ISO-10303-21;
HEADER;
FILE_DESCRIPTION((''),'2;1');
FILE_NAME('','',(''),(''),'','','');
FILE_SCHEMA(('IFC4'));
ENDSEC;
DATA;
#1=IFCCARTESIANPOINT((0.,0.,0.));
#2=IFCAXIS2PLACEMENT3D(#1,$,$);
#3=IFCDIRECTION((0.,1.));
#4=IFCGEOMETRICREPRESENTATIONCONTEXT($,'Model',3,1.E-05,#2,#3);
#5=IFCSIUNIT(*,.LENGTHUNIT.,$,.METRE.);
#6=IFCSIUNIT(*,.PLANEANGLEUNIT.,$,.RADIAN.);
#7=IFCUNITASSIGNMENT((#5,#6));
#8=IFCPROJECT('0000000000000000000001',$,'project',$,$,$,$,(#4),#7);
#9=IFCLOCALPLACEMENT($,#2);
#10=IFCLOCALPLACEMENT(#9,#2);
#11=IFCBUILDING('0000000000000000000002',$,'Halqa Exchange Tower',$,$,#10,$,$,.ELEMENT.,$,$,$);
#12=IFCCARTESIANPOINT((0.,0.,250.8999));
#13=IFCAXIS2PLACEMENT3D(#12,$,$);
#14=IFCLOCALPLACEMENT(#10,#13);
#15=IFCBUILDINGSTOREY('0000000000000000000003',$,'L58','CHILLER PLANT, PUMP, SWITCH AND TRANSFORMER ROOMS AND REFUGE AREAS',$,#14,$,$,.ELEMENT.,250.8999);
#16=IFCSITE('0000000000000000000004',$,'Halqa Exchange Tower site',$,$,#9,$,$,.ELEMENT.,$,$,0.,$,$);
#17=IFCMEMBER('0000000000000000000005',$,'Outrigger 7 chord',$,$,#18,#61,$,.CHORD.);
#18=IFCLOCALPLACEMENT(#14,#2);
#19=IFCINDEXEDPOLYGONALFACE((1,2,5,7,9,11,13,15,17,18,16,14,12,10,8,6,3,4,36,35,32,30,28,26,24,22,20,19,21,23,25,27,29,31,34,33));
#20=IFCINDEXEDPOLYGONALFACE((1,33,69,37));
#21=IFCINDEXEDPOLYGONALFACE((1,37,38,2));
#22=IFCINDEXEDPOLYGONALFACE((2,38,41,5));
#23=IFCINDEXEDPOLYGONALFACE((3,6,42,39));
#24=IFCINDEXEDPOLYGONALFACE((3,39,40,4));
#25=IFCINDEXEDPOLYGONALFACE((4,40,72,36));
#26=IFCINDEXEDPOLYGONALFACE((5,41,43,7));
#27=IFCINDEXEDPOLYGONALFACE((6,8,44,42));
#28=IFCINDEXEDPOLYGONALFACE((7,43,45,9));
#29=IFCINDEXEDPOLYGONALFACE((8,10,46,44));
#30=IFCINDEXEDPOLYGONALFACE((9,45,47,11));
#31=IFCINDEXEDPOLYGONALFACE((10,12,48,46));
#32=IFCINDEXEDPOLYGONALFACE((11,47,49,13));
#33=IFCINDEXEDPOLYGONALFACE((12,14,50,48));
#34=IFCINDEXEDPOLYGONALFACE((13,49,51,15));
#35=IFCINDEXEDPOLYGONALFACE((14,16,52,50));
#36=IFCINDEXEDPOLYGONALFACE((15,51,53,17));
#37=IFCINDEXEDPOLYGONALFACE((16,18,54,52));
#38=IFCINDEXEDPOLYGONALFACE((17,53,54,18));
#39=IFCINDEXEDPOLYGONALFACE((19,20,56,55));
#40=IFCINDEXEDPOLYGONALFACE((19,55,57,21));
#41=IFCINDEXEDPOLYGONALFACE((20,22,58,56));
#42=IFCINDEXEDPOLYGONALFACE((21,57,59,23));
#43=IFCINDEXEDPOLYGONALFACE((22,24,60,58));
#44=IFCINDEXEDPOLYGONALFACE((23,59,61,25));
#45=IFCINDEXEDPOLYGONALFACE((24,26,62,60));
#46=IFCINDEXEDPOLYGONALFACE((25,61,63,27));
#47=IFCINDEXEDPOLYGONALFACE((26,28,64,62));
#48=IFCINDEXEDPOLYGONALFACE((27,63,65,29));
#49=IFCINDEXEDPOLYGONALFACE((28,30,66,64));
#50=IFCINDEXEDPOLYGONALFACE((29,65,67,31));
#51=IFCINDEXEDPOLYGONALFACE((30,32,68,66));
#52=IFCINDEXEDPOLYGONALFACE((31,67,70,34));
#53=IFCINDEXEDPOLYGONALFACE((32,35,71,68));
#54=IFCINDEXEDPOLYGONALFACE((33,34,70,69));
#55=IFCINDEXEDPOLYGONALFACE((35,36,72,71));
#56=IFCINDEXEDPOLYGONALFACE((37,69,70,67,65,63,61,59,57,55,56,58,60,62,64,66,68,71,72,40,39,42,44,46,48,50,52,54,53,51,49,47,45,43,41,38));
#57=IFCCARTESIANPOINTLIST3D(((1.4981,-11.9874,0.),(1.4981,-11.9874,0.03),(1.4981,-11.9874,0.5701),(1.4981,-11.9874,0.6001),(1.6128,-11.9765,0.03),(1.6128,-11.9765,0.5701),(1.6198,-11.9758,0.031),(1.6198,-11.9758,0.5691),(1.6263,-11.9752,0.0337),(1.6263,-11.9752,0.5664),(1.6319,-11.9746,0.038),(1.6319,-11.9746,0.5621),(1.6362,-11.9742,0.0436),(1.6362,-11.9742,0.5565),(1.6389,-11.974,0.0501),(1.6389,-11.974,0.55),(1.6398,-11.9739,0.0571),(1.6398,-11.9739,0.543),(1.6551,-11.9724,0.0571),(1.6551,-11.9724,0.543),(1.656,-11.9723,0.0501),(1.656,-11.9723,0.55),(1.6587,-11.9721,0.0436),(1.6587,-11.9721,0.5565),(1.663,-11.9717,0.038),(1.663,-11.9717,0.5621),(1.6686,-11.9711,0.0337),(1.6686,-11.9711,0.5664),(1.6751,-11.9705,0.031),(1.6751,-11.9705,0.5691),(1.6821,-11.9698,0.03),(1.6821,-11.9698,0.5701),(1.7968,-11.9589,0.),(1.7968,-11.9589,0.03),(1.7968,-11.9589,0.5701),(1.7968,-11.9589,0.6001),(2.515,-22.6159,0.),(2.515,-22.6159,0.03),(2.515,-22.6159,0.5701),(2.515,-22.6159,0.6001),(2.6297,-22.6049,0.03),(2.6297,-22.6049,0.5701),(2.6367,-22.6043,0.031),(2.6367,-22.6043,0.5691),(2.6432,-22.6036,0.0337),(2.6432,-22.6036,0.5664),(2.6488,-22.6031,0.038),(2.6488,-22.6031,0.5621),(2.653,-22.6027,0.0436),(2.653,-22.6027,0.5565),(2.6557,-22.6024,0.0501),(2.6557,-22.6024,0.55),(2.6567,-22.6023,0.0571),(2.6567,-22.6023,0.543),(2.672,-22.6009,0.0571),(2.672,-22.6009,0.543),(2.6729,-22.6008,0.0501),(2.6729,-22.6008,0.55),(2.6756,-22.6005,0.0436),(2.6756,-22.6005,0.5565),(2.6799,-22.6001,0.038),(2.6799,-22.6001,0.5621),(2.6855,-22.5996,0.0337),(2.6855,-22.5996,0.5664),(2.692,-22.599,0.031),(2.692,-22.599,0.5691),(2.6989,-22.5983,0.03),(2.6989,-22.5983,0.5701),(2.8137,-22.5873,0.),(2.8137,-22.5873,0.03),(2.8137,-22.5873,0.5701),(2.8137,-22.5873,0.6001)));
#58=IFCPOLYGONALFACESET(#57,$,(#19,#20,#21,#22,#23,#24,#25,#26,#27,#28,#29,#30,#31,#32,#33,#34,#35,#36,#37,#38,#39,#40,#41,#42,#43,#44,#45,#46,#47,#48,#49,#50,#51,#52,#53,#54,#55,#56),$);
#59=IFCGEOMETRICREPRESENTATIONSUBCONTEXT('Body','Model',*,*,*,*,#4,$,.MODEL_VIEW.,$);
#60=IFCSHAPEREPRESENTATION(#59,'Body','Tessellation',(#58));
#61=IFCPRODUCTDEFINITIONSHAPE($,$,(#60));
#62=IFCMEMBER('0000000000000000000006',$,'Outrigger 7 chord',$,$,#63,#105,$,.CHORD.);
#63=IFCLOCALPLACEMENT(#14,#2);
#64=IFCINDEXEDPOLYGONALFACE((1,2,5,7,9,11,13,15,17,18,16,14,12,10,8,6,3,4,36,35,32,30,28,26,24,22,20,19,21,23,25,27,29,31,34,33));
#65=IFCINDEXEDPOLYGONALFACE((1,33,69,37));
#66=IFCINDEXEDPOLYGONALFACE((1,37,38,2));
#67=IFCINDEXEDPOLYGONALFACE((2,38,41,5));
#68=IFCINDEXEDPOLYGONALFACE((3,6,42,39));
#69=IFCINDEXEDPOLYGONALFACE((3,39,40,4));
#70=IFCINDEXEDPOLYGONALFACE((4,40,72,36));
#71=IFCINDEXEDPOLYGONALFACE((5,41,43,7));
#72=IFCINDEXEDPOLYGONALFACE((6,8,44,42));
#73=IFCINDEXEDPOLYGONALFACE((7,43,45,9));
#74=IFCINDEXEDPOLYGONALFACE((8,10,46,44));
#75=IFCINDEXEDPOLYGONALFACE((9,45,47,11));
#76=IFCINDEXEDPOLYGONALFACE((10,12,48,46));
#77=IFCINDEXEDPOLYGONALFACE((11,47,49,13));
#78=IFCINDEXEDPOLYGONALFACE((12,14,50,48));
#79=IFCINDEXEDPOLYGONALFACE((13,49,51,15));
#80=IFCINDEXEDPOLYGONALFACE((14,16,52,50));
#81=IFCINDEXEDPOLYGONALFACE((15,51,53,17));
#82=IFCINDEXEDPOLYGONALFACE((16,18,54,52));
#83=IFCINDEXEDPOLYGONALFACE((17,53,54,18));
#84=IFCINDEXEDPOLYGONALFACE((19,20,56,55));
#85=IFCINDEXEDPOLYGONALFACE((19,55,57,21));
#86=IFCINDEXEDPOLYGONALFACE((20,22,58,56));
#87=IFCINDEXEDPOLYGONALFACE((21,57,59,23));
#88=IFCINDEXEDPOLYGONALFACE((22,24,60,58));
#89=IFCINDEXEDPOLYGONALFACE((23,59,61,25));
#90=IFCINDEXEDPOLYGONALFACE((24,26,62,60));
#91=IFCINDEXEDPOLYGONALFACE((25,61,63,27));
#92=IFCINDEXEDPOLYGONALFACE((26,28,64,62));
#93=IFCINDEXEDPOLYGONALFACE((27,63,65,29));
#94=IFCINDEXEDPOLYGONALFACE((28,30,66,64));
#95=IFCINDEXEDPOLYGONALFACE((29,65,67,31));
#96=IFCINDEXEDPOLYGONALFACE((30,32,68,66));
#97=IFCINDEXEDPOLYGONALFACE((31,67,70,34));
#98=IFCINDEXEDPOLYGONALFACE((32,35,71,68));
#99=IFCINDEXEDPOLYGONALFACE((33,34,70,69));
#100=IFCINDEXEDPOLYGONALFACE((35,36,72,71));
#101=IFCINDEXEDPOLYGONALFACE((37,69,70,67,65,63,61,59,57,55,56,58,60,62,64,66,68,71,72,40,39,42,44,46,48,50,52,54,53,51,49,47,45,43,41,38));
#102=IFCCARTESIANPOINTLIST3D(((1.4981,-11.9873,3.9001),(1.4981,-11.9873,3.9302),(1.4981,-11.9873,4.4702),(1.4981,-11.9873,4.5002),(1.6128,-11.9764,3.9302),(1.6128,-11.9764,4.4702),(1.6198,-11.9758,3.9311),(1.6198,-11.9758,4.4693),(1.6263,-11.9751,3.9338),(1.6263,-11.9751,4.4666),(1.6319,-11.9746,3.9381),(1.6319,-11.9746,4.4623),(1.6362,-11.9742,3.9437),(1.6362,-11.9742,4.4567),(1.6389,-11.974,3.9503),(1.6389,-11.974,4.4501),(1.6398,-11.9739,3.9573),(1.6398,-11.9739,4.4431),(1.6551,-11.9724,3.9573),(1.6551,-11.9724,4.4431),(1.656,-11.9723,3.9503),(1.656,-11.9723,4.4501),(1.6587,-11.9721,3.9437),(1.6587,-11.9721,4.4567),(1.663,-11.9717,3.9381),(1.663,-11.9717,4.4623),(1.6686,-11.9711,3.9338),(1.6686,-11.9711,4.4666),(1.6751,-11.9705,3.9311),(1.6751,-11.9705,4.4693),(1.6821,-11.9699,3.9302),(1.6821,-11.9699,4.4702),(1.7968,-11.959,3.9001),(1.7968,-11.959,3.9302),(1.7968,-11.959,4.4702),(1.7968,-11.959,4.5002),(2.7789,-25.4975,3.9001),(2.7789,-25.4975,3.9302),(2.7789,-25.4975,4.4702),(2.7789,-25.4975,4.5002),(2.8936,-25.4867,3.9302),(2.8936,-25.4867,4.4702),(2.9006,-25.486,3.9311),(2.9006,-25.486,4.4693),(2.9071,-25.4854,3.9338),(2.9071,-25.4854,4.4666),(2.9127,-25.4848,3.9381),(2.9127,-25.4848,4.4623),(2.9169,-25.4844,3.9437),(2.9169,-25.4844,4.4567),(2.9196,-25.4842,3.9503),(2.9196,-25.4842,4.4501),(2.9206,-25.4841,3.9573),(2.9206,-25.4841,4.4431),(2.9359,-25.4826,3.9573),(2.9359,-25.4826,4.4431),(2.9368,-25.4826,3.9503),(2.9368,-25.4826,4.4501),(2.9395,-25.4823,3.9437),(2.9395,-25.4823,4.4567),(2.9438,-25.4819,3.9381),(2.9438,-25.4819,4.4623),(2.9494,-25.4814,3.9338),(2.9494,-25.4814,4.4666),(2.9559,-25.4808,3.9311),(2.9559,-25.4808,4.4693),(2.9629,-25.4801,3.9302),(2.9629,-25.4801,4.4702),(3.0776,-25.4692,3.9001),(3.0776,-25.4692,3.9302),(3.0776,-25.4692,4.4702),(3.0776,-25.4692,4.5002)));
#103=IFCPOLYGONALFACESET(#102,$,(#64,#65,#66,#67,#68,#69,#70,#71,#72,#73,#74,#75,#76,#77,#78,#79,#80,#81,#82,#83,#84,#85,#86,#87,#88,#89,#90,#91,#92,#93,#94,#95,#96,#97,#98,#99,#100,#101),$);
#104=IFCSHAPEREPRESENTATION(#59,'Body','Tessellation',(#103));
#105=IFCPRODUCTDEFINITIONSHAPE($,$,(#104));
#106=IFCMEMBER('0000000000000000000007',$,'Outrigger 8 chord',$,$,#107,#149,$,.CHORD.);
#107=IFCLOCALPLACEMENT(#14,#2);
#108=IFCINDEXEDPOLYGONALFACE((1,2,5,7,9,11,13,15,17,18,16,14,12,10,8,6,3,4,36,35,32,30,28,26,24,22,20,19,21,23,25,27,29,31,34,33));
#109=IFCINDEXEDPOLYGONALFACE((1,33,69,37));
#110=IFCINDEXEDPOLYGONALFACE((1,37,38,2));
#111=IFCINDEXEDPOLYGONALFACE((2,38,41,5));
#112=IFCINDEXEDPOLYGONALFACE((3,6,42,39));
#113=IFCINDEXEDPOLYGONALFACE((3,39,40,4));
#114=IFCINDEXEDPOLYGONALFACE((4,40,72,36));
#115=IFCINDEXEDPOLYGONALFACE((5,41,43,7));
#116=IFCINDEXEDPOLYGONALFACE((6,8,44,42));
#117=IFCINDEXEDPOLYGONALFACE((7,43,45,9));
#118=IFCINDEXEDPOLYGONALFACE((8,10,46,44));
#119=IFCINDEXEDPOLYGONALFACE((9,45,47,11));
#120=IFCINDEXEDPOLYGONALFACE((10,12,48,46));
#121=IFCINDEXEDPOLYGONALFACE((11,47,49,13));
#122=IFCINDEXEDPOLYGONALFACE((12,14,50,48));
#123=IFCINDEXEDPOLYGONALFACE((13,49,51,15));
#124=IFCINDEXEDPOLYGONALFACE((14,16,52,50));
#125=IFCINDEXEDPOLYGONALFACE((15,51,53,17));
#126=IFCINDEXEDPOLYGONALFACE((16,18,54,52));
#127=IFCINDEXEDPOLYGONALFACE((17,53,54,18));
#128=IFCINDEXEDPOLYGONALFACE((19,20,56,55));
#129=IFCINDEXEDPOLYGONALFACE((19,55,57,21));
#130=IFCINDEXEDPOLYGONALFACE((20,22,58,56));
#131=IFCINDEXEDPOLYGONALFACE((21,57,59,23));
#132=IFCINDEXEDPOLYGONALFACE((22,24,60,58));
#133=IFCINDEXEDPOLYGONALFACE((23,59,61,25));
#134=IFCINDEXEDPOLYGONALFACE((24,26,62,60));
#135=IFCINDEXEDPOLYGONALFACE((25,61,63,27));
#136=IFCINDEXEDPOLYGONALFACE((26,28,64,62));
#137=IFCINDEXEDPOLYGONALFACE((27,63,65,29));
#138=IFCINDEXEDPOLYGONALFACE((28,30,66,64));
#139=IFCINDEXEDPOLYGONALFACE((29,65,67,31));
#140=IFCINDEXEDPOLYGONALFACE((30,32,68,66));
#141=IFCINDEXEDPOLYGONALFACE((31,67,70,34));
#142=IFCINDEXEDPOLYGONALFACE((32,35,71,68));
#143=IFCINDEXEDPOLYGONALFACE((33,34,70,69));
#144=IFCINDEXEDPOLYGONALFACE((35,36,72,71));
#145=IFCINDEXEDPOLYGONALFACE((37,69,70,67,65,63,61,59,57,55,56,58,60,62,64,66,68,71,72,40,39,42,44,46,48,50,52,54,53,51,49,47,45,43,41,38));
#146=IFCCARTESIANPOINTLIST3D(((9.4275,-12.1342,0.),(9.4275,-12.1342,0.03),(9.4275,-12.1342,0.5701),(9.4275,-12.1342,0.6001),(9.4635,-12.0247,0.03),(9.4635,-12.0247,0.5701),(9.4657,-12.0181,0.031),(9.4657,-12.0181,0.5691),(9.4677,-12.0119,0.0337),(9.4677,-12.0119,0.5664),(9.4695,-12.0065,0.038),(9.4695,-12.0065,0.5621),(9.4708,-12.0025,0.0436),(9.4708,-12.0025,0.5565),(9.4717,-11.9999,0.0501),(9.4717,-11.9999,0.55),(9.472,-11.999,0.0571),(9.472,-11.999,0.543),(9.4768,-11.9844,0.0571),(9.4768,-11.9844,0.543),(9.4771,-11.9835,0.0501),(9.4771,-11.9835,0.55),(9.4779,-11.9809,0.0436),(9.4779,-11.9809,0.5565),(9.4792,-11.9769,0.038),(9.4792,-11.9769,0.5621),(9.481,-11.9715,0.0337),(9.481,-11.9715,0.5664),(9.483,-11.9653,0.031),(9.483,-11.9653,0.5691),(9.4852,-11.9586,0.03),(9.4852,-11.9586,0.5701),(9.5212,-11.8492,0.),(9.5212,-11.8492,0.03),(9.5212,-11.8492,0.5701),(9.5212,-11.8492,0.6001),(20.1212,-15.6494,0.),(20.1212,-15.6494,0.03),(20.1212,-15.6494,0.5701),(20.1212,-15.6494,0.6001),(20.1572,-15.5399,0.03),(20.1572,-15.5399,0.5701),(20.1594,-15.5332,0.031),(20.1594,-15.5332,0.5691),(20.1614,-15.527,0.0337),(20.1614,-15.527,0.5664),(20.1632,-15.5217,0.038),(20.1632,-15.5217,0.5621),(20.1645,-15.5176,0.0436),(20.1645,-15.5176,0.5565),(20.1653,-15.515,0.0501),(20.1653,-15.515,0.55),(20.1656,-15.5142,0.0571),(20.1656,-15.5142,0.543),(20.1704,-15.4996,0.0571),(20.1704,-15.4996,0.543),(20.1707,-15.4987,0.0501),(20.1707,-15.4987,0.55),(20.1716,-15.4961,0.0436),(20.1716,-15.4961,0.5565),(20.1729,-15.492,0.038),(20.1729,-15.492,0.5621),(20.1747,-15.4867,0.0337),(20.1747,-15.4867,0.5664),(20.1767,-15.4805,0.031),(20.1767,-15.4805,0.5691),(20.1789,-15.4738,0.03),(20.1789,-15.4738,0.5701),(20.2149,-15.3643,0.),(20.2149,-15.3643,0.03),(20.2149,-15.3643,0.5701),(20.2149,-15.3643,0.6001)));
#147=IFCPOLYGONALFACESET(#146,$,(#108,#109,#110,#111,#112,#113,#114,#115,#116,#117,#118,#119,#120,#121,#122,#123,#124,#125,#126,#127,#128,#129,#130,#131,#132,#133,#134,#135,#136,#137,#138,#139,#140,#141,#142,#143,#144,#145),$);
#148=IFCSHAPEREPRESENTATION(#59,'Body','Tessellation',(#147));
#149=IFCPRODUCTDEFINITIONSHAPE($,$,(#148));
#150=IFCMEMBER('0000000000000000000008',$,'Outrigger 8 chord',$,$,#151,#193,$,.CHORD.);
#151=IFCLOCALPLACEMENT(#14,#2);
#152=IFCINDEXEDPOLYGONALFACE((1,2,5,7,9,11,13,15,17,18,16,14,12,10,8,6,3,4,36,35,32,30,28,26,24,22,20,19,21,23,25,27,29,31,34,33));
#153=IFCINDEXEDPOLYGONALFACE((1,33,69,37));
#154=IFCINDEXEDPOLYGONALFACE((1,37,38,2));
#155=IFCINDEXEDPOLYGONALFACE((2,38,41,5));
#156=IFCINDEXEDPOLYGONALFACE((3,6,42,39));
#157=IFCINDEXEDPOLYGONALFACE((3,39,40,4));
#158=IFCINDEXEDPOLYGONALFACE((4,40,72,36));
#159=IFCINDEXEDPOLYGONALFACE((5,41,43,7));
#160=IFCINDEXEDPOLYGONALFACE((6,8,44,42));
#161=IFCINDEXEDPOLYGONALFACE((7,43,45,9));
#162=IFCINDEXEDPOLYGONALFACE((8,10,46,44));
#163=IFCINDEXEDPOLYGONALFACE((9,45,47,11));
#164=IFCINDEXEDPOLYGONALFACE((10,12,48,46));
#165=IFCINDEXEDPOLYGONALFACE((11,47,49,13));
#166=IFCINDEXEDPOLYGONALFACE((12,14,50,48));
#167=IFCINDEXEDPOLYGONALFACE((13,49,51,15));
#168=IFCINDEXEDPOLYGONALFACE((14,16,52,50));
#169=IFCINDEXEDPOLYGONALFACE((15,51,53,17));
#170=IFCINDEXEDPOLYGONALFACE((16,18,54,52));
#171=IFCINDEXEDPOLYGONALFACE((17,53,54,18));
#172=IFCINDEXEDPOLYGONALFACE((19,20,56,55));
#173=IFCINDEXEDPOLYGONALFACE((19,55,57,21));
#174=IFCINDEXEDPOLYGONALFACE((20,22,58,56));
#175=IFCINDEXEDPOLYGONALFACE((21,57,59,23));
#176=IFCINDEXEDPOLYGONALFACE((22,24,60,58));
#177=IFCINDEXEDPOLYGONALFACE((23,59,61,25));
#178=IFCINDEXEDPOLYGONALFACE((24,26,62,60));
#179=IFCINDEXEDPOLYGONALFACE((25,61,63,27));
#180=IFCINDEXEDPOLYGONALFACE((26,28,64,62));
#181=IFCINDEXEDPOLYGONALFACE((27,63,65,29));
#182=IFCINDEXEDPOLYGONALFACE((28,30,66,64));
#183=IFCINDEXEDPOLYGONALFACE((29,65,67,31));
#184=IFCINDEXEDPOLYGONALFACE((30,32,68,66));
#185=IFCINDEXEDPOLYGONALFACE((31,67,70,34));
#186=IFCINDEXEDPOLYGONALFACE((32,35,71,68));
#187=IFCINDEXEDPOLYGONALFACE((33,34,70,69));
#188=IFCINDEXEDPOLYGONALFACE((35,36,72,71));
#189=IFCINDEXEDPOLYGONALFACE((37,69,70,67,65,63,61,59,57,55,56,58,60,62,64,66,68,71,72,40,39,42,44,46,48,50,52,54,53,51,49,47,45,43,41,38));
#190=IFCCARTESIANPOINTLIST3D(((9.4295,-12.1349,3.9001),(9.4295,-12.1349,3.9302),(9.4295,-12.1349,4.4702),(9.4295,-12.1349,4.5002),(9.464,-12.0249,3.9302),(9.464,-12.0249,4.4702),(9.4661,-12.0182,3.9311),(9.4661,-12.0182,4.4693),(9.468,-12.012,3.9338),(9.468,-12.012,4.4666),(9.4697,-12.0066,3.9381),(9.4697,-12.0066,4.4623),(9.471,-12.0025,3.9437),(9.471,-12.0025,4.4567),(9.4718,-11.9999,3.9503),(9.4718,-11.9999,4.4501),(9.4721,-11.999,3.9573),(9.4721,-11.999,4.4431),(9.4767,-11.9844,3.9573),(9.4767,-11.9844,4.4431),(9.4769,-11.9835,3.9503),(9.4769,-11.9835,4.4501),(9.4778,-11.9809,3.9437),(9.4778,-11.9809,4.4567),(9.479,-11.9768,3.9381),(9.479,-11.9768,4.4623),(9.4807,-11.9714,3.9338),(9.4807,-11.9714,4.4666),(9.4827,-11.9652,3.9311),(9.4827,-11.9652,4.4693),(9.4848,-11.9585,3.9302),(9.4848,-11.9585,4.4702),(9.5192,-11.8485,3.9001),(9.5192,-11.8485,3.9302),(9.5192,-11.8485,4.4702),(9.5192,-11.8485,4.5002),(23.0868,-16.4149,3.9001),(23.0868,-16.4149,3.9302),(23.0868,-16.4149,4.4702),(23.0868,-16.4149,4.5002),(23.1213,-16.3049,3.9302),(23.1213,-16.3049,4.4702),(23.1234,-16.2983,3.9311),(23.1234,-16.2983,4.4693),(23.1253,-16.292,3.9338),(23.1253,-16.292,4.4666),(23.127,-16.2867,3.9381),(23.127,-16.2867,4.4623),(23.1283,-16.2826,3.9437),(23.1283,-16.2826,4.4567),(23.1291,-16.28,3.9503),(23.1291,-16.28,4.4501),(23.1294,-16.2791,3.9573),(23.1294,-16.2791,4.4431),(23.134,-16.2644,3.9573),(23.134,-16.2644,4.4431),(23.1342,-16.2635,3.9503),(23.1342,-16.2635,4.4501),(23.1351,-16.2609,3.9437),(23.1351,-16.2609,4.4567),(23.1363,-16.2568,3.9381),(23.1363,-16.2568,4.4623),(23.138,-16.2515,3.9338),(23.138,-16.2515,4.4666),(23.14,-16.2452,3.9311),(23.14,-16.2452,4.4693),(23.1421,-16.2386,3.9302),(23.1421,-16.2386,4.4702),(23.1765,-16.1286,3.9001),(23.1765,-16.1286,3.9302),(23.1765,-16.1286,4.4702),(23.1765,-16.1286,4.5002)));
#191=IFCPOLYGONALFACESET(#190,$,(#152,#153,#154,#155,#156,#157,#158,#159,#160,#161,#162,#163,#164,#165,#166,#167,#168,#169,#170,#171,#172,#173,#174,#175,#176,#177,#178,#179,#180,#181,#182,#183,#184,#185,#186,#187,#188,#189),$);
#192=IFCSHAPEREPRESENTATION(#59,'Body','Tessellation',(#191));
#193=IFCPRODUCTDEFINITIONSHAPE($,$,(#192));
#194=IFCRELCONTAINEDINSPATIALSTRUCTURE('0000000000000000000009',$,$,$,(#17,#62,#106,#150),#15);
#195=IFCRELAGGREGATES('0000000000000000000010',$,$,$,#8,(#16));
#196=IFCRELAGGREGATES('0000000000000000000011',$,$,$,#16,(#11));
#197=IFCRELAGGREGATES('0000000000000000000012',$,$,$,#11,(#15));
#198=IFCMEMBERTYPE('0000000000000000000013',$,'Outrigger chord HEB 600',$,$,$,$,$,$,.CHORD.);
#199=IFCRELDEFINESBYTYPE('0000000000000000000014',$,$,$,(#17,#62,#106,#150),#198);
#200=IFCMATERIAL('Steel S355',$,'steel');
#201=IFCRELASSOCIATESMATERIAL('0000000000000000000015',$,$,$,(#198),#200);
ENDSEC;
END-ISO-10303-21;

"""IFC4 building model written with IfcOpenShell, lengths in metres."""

from ifc_helpers import new_model, si_unit, direction, frame, origin, origin_2d, place, context, subcontext, project, spatial, i_section, extrude, material, material_profile, profile_set, type_object, element, save


model = new_model("IFC4")

# Units and contexts
model_context = context("Model", 3, precision=1e-05, world=origin(), true_north=direction((0.0, 1.0)))
body_context = subcontext(model_context, "Body", "Model", "MODEL_VIEW")
ifc_project = project(units=[si_unit("LENGTHUNIT", "METRE"), si_unit("PLANEANGLEUNIT", "RADIAN")], contexts=[model_context])

# Site, building, storey
site_placement = place(None, origin())
site = spatial("IfcSite", under=ifc_project, at=site_placement, Name="Halqa Exchange Tower site", CompositionType="ELEMENT", RefElevation=0.0)
building_placement = place(site_placement, origin())
building = spatial("IfcBuilding", under=site, at=building_placement, Name="Halqa Exchange Tower", CompositionType="ELEMENT")
storey_placement = place(building_placement, frame((0.0, 0.0, 250.8999)))
storey = spatial("IfcBuildingStorey", under=building, at=storey_placement, Name="L58", Description="CHILLER PLANT, PUMP, SWITCH AND TRANSFORMER ROOMS AND REFUGE AREAS", CompositionType="ELEMENT", Elevation=250.8999)

# Shared definitions
ifc_material_1 = material(Name="Steel S355", Category="steel")

# Members
ifc_material_profile_1 = material_profile(ifc_material_1, i_section(OverallWidth=0.3, OverallDepth=0.6001, WebThickness=0.0154, FlangeThickness=0.03, FilletRadius=0.0271, at=origin_2d()), Name="HEB 600")
ifc_profile_set_1 = profile_set([ifc_material_profile_1], Name="Steel S355")
member_type_1 = type_object("IfcMemberType", Name="Outrigger chord HEB 600", PredefinedType="CHORD", material=ifc_profile_set_1)
member_1_placement = place(storey_placement, frame((1.6475, -11.9731, 0.3), z_axis=(0.095237, -0.995455, 0.0), x_axis=(0.995455, 0.095237, 0.0)))
element("IfcMember", 1, at=member_1_placement, inside=storey, type_object=member_type_1, Name="Outrigger 7 chord", PredefinedType="CHORD", context=body_context, shape_type="SweptSolid", body=[
    extrude(i_section(OverallWidth=0.3, OverallDepth=0.6001, WebThickness=0.0154, FlangeThickness=0.03, FilletRadius=0.0271, at=origin_2d()), origin(), (0.0, 0.0, 1.0), 10.677),
])
member_2_placement = place(storey_placement, frame((1.6475, -11.9731, 4.2002), z_axis=(0.094376, -0.995537, 0.0), x_axis=(0.995537, 0.094376, 0.0)))
element("IfcMember", 2, at=member_2_placement, inside=storey, type_object=member_type_1, Name="Outrigger 7 chord", PredefinedType="CHORD", context=body_context, shape_type="SweptSolid", body=[
    extrude(i_section(OverallWidth=0.3, OverallDepth=0.6001, WebThickness=0.0154, FlangeThickness=0.03, FilletRadius=0.0271, at=origin_2d()), origin(), (0.0, 0.0, 1.0), 13.5708),
])
member_3_placement = place(storey_placement, frame((9.4744, -11.9917, 0.3), z_axis=(0.949992, -0.312275, 0.0), x_axis=(0.312275, 0.949992, 0.0)))
element("IfcMember", 3, at=member_3_placement, inside=storey, type_object=member_type_1, Name="Outrigger 8 chord", PredefinedType="CHORD", context=body_context, shape_type="SweptSolid", body=[
    extrude(i_section(OverallWidth=0.3, OverallDepth=0.6001, WebThickness=0.0154, FlangeThickness=0.03, FilletRadius=0.0271, at=origin_2d()), origin(), (0.0, 0.0, 1.0), 11.2566),
])
member_4_placement = place(storey_placement, frame((9.4744, -11.9917, 4.2002), z_axis=(0.954238, -0.299048, 0.0), x_axis=(0.299048, 0.954238, 0.0)))
element("IfcMember", 4, at=member_4_placement, inside=storey, type_object=member_type_1, Name="Outrigger 8 chord", PredefinedType="CHORD", context=body_context, shape_type="SweptSolid", body=[
    extrude(i_section(OverallWidth=0.3, OverallDepth=0.6001, WebThickness=0.0154, FlangeThickness=0.03, FilletRadius=0.0271, at=origin_2d()), origin(), (0.0, 0.0, 1.0), 14.3123),
])

save(model, "model.ifc")
